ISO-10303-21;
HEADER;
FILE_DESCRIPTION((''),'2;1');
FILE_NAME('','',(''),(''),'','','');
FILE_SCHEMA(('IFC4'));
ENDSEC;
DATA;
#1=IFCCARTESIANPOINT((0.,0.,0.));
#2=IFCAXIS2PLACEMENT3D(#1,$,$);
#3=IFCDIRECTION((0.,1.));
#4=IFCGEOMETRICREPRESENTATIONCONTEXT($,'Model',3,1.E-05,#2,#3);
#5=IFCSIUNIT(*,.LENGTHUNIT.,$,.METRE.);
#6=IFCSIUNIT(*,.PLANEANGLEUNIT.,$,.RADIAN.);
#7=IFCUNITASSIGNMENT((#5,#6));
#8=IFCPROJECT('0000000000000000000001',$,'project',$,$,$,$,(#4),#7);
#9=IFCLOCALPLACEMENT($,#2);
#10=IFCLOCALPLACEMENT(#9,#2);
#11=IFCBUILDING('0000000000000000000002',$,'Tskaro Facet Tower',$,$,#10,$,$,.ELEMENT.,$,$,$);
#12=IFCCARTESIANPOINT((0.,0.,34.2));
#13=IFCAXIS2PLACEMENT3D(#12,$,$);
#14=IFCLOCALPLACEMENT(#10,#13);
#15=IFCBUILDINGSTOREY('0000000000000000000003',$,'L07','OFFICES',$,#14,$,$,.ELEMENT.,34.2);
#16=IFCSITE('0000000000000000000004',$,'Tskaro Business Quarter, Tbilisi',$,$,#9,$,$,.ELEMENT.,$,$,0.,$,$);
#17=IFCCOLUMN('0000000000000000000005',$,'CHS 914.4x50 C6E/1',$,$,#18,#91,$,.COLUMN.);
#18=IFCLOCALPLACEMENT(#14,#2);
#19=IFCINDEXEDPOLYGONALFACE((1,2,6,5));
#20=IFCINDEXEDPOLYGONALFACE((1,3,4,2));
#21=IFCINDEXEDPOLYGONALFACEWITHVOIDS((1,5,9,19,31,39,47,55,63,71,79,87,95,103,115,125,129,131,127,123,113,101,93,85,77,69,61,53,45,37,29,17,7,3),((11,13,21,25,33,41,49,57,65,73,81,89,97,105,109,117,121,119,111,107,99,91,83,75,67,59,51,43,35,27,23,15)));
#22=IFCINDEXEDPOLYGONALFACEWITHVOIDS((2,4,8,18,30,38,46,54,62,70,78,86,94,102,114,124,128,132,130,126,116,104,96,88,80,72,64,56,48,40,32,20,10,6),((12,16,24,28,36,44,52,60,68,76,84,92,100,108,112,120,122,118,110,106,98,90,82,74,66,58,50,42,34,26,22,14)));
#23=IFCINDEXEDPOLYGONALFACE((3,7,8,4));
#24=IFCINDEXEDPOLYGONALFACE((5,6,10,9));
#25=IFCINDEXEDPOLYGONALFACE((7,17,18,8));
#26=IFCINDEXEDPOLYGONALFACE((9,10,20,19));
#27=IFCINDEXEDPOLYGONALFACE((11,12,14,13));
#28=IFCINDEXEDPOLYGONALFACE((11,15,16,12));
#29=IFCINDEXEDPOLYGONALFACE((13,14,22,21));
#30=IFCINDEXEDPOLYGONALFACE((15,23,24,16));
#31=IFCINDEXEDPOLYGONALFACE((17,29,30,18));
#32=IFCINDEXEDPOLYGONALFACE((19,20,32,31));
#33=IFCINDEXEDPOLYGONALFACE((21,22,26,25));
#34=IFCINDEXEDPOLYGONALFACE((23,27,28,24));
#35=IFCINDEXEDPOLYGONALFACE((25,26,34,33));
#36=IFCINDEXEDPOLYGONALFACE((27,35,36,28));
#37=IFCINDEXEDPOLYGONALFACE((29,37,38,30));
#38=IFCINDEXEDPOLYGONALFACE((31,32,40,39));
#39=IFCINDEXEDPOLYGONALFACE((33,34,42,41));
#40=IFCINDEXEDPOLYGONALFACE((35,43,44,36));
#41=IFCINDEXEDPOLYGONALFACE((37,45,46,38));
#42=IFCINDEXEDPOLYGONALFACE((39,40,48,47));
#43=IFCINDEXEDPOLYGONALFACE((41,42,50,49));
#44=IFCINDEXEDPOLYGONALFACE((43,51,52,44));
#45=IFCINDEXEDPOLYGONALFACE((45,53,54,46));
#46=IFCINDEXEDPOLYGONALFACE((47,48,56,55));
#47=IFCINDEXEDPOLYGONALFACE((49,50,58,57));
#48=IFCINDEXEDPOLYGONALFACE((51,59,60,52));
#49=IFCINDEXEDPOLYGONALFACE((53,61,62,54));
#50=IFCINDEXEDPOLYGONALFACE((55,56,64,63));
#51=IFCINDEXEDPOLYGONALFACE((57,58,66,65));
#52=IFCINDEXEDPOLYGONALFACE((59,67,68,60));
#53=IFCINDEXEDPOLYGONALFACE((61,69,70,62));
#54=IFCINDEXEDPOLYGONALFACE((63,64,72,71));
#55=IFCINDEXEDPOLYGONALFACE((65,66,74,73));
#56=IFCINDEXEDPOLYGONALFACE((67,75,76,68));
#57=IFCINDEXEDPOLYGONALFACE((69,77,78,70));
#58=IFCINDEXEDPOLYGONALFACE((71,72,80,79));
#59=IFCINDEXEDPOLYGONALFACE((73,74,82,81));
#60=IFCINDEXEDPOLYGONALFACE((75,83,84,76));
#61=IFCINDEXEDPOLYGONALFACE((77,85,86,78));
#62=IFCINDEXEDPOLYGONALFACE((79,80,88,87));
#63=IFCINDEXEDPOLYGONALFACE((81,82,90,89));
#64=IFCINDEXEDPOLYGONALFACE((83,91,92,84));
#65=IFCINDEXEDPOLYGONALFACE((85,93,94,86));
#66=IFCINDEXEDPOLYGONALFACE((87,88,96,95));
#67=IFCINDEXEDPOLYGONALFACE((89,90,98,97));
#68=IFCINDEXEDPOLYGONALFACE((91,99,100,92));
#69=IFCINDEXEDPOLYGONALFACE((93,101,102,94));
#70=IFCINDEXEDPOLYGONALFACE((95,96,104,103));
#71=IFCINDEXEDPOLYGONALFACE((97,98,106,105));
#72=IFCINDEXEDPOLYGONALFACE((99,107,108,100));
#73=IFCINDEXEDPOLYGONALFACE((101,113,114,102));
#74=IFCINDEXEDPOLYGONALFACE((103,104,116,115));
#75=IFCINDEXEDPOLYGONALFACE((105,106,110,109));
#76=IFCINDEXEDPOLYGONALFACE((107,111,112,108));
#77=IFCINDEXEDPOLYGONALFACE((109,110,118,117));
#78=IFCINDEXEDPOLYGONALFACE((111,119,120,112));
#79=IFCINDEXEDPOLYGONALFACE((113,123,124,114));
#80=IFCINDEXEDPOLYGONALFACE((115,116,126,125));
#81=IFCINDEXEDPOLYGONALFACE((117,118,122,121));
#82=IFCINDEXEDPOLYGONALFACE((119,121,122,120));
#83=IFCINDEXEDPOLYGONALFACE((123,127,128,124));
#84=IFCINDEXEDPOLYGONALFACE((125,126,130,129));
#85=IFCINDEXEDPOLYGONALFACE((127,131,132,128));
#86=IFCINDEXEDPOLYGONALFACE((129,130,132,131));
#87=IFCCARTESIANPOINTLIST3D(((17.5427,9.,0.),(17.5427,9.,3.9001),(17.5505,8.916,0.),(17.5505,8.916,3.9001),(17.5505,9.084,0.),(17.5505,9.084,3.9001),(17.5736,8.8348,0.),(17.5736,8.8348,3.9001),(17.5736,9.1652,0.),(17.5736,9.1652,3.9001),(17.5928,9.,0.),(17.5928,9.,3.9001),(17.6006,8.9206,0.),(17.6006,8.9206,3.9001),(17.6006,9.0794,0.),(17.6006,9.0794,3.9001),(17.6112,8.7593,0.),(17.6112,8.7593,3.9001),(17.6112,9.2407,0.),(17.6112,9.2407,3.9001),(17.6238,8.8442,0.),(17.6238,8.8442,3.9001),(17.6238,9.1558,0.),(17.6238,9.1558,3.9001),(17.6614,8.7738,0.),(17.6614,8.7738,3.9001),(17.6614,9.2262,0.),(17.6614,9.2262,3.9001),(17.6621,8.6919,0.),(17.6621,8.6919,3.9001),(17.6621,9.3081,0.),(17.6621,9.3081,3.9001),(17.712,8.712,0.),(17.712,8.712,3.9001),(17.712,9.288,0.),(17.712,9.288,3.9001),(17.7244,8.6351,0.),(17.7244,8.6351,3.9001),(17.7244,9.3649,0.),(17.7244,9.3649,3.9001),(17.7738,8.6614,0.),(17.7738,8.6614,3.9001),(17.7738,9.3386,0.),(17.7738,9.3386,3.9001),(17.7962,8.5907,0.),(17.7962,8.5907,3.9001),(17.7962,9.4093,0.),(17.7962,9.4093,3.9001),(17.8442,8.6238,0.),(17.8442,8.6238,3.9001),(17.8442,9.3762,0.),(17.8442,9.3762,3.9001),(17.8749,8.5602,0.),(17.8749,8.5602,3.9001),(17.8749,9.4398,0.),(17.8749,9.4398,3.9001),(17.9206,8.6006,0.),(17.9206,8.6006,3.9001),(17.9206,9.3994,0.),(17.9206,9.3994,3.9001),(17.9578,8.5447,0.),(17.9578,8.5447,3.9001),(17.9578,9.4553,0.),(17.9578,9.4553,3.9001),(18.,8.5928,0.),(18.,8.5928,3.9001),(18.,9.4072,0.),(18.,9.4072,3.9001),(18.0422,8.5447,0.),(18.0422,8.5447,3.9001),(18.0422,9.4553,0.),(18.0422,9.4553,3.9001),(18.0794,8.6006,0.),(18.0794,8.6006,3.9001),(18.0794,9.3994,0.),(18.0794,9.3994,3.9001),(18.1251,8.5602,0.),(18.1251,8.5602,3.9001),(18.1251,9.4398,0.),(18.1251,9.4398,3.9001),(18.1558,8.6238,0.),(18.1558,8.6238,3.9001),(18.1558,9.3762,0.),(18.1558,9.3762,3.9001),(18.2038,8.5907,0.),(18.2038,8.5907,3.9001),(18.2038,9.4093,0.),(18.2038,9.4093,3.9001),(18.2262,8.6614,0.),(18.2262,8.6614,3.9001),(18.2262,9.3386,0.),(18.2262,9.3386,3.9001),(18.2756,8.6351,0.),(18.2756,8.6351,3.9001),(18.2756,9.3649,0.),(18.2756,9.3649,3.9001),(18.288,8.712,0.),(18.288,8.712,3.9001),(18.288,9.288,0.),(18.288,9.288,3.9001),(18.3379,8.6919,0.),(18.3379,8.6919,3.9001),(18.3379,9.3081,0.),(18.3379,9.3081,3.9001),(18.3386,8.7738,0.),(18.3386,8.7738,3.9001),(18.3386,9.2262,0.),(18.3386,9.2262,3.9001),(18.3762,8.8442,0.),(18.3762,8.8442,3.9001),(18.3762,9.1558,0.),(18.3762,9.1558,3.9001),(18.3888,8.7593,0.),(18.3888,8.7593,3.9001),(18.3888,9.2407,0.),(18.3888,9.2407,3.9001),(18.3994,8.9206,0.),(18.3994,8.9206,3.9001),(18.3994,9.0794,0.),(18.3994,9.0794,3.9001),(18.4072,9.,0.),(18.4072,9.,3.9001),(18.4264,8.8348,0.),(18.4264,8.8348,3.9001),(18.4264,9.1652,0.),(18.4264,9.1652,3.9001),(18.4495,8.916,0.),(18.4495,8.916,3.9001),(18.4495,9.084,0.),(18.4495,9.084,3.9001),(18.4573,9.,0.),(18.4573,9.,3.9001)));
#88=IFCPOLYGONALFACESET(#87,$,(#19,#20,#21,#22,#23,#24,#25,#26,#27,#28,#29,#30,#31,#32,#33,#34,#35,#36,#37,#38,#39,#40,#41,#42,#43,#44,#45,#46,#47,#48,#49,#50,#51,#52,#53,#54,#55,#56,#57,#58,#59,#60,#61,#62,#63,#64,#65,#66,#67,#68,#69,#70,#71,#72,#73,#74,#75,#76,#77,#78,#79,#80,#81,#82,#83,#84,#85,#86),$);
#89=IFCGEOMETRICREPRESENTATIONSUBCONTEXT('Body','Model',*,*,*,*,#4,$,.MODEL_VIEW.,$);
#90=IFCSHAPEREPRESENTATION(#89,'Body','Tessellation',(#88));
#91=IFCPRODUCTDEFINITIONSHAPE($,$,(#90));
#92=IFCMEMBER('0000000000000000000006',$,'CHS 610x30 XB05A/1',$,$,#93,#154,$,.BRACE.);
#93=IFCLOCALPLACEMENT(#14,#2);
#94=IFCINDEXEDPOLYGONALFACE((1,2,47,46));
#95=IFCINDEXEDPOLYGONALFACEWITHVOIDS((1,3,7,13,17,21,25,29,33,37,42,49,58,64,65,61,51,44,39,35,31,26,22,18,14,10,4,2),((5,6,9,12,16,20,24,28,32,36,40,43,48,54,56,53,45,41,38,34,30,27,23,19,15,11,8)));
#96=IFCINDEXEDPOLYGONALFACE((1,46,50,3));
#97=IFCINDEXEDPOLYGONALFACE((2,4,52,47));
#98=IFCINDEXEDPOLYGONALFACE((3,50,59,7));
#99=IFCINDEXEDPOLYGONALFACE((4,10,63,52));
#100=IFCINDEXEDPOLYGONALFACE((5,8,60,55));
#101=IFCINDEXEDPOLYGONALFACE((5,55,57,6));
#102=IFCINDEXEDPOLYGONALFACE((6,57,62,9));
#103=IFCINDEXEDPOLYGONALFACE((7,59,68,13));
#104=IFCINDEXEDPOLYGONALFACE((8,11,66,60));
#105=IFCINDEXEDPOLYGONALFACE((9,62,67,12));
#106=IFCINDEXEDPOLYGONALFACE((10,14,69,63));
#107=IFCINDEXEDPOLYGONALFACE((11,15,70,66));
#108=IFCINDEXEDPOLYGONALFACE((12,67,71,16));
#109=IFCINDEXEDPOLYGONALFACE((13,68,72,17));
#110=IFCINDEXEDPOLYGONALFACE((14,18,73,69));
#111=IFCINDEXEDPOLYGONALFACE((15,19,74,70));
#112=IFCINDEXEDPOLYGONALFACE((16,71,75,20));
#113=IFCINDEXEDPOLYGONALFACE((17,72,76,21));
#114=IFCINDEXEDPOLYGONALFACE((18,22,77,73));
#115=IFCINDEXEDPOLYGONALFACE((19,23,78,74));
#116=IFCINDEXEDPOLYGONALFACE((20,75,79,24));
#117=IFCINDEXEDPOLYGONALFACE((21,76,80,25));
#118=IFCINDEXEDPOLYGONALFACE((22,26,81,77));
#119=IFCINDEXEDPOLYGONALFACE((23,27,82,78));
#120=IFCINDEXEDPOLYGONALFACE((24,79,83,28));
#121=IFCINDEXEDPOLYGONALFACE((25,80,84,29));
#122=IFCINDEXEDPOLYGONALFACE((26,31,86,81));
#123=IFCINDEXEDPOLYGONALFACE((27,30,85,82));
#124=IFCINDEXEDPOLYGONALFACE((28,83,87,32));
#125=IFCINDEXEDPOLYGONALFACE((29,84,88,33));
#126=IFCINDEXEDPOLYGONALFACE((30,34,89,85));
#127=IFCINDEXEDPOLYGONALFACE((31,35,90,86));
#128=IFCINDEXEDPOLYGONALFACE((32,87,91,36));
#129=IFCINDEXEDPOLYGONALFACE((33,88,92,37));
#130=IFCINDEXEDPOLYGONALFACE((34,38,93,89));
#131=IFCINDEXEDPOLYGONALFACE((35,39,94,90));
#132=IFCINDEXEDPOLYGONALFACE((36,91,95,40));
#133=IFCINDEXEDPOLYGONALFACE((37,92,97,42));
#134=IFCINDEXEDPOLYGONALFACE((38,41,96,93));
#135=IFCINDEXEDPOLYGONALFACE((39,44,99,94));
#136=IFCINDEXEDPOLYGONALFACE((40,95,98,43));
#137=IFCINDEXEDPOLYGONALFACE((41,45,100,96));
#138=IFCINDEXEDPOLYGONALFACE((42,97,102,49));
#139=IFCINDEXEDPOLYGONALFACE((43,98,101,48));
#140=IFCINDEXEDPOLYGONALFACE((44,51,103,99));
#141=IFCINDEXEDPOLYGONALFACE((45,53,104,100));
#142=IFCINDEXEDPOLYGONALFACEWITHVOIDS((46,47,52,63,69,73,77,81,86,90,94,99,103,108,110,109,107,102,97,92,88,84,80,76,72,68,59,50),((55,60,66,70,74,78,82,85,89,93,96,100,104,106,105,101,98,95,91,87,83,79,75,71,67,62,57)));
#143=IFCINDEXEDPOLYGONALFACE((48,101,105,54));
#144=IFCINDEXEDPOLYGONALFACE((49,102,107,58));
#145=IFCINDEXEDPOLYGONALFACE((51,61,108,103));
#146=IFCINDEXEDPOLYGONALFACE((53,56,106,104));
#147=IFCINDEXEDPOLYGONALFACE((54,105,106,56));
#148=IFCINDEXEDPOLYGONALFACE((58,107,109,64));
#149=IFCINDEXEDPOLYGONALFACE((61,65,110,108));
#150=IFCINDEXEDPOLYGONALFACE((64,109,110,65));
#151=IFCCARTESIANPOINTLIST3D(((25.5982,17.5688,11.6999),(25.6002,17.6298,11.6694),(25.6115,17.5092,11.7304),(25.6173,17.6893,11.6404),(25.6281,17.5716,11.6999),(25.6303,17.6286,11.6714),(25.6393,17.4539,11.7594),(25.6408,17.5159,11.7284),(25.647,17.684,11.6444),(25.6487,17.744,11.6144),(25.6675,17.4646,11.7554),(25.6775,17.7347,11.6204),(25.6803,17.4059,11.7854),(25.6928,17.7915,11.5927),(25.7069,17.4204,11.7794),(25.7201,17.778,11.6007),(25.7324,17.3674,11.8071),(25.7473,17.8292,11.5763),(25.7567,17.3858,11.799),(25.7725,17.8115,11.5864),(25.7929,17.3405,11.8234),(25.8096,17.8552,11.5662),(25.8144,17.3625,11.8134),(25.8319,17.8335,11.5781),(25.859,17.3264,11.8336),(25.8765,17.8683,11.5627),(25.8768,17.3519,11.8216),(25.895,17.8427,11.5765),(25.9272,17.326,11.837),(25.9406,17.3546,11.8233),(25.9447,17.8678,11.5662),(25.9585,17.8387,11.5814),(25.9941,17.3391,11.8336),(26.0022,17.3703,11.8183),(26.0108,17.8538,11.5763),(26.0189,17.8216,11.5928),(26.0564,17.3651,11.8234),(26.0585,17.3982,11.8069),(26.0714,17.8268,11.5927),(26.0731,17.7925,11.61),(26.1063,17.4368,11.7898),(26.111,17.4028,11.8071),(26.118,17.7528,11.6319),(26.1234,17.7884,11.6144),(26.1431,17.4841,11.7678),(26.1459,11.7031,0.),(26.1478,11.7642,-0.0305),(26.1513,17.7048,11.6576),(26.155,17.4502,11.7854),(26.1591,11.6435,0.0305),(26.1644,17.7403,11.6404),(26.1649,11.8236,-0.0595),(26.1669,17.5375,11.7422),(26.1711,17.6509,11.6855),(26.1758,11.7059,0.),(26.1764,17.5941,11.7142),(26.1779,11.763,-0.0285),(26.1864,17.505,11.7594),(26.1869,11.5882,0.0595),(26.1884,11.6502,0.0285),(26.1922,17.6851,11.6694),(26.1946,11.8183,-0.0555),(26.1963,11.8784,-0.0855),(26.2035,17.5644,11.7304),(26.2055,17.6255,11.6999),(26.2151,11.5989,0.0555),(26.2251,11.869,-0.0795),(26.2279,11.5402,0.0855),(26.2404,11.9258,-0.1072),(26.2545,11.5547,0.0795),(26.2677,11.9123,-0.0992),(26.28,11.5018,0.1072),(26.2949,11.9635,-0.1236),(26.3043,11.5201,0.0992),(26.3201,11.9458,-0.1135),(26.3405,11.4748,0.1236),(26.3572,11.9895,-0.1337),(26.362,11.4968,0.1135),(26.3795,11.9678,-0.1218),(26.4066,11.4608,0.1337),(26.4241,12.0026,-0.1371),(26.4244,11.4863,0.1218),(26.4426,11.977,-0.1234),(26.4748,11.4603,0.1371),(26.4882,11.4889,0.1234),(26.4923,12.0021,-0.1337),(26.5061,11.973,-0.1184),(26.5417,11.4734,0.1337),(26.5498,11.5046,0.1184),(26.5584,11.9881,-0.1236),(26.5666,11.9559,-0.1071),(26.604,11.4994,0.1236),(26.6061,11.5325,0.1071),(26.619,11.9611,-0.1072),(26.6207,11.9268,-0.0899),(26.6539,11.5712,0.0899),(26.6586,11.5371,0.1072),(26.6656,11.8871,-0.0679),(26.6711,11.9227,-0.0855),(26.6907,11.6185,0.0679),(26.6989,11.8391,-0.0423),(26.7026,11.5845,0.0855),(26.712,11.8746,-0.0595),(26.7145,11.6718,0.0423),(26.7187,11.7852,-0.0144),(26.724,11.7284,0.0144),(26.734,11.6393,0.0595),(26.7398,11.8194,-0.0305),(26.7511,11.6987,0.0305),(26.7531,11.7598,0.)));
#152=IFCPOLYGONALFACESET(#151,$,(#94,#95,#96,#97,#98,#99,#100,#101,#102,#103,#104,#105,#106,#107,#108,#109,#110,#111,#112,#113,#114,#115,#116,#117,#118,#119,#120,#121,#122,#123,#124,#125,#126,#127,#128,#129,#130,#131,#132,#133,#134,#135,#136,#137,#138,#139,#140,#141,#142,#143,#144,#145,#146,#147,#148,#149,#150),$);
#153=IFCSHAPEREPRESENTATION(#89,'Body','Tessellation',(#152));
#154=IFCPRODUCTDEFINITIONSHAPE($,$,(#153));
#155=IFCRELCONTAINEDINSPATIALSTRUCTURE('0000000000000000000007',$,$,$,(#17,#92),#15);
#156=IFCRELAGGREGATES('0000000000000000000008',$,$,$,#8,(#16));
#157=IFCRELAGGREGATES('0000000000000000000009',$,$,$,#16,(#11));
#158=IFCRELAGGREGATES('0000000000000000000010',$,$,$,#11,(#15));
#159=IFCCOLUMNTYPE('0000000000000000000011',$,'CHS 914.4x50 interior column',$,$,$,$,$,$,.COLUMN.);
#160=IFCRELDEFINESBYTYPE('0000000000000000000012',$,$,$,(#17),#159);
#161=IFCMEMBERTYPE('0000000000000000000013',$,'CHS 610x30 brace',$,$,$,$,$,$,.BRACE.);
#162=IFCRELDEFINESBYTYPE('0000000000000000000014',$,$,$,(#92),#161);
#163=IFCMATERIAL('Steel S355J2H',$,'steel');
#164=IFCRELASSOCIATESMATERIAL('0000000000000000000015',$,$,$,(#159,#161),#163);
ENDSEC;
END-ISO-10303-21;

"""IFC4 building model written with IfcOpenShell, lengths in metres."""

from ifc_helpers import new_model, si_unit, direction, frame, origin, origin_2d, place, context, subcontext, project, spatial, hollow_circle, extrude, material, material_profile, profile_set, type_object, element, save


model = new_model("IFC4")

# Units and contexts
model_context = context("Model", 3, precision=1e-05, world=origin(), true_north=direction((0.0, 1.0)))
body_context = subcontext(model_context, "Body", "Model", "MODEL_VIEW")
ifc_project = project(units=[si_unit("LENGTHUNIT", "METRE"), si_unit("PLANEANGLEUNIT", "RADIAN")], contexts=[model_context])

# Site, building, storey
site_placement = place(None, origin())
site = spatial("IfcSite", under=ifc_project, at=site_placement, Name="Tskaro Business Quarter, Tbilisi", CompositionType="ELEMENT", RefElevation=0.0)
building_placement = place(site_placement, origin())
building = spatial("IfcBuilding", under=site, at=building_placement, Name="Tskaro Facet Tower", CompositionType="ELEMENT")
storey_placement = place(building_placement, frame((0.0, 0.0, 34.2)))
storey = spatial("IfcBuildingStorey", under=building, at=storey_placement, Name="L07", Description="OFFICES", CompositionType="ELEMENT", Elevation=34.2)

# Column
ifc_material_1 = material(Name="Steel S355J2H", Category="steel")
ifc_material_profile_1 = material_profile(ifc_material_1, hollow_circle(Radius=0.4573, WallThickness=0.05, at=origin_2d()), Name="CHS 914.4x50")
ifc_profile_set_1 = profile_set([ifc_material_profile_1], Name="Steel S355J2H")
column_type_1 = type_object("IfcColumnType", Name="CHS 914.4x50 interior column", PredefinedType="COLUMN", material=ifc_profile_set_1)
for number, where, z_axis, x_axis, name in (
    (1, (18.0, 9.0, 0.0), (0.0, 0.0, 1.0), (1.0, 0.0, 0.0), "CHS 914.4x50 C6E/1"),
):
    element("IfcColumn", number, at=place(storey_placement, frame(where, z_axis=z_axis, x_axis=x_axis)), inside=storey, type_object=column_type_1, Name=name, PredefinedType="COLUMN", context=body_context, shape_type="SweptSolid", body=[
        extrude(hollow_circle(Radius=0.4573, WallThickness=0.05, at=origin_2d()), origin(), (0.0, 0.0, 1.0), 3.9001),
    ])

# Member
ifc_material_profile_2 = material_profile(ifc_material_1, hollow_circle(Radius=0.3049, WallThickness=0.03, at=origin_2d()), Name="CHS 610x30")
ifc_profile_set_2 = profile_set([ifc_material_profile_2], Name="Steel S355J2H")
member_type_1 = type_object("IfcMemberType", Name="CHS 610x30 brace", PredefinedType="BRACE", material=ifc_profile_set_2)
member_1_placement = place(storey_placement, frame((26.4495, 11.7314, 0.0), z_axis=(-0.041804, 0.447784, 0.893164), x_axis=(-0.99567, -0.092953, 0.0)))
element("IfcMember", 2, at=member_1_placement, inside=storey, type_object=member_type_1, Name="CHS 610x30 XB05A/1", PredefinedType="BRACE", context=body_context, shape_type="SweptSolid", body=[
    extrude(hollow_circle(Radius=0.3049, WallThickness=0.03, at=origin_2d()), origin(), (0.0, 0.0, 1.0), 13.0994),
])

save(model, "model.ifc")
